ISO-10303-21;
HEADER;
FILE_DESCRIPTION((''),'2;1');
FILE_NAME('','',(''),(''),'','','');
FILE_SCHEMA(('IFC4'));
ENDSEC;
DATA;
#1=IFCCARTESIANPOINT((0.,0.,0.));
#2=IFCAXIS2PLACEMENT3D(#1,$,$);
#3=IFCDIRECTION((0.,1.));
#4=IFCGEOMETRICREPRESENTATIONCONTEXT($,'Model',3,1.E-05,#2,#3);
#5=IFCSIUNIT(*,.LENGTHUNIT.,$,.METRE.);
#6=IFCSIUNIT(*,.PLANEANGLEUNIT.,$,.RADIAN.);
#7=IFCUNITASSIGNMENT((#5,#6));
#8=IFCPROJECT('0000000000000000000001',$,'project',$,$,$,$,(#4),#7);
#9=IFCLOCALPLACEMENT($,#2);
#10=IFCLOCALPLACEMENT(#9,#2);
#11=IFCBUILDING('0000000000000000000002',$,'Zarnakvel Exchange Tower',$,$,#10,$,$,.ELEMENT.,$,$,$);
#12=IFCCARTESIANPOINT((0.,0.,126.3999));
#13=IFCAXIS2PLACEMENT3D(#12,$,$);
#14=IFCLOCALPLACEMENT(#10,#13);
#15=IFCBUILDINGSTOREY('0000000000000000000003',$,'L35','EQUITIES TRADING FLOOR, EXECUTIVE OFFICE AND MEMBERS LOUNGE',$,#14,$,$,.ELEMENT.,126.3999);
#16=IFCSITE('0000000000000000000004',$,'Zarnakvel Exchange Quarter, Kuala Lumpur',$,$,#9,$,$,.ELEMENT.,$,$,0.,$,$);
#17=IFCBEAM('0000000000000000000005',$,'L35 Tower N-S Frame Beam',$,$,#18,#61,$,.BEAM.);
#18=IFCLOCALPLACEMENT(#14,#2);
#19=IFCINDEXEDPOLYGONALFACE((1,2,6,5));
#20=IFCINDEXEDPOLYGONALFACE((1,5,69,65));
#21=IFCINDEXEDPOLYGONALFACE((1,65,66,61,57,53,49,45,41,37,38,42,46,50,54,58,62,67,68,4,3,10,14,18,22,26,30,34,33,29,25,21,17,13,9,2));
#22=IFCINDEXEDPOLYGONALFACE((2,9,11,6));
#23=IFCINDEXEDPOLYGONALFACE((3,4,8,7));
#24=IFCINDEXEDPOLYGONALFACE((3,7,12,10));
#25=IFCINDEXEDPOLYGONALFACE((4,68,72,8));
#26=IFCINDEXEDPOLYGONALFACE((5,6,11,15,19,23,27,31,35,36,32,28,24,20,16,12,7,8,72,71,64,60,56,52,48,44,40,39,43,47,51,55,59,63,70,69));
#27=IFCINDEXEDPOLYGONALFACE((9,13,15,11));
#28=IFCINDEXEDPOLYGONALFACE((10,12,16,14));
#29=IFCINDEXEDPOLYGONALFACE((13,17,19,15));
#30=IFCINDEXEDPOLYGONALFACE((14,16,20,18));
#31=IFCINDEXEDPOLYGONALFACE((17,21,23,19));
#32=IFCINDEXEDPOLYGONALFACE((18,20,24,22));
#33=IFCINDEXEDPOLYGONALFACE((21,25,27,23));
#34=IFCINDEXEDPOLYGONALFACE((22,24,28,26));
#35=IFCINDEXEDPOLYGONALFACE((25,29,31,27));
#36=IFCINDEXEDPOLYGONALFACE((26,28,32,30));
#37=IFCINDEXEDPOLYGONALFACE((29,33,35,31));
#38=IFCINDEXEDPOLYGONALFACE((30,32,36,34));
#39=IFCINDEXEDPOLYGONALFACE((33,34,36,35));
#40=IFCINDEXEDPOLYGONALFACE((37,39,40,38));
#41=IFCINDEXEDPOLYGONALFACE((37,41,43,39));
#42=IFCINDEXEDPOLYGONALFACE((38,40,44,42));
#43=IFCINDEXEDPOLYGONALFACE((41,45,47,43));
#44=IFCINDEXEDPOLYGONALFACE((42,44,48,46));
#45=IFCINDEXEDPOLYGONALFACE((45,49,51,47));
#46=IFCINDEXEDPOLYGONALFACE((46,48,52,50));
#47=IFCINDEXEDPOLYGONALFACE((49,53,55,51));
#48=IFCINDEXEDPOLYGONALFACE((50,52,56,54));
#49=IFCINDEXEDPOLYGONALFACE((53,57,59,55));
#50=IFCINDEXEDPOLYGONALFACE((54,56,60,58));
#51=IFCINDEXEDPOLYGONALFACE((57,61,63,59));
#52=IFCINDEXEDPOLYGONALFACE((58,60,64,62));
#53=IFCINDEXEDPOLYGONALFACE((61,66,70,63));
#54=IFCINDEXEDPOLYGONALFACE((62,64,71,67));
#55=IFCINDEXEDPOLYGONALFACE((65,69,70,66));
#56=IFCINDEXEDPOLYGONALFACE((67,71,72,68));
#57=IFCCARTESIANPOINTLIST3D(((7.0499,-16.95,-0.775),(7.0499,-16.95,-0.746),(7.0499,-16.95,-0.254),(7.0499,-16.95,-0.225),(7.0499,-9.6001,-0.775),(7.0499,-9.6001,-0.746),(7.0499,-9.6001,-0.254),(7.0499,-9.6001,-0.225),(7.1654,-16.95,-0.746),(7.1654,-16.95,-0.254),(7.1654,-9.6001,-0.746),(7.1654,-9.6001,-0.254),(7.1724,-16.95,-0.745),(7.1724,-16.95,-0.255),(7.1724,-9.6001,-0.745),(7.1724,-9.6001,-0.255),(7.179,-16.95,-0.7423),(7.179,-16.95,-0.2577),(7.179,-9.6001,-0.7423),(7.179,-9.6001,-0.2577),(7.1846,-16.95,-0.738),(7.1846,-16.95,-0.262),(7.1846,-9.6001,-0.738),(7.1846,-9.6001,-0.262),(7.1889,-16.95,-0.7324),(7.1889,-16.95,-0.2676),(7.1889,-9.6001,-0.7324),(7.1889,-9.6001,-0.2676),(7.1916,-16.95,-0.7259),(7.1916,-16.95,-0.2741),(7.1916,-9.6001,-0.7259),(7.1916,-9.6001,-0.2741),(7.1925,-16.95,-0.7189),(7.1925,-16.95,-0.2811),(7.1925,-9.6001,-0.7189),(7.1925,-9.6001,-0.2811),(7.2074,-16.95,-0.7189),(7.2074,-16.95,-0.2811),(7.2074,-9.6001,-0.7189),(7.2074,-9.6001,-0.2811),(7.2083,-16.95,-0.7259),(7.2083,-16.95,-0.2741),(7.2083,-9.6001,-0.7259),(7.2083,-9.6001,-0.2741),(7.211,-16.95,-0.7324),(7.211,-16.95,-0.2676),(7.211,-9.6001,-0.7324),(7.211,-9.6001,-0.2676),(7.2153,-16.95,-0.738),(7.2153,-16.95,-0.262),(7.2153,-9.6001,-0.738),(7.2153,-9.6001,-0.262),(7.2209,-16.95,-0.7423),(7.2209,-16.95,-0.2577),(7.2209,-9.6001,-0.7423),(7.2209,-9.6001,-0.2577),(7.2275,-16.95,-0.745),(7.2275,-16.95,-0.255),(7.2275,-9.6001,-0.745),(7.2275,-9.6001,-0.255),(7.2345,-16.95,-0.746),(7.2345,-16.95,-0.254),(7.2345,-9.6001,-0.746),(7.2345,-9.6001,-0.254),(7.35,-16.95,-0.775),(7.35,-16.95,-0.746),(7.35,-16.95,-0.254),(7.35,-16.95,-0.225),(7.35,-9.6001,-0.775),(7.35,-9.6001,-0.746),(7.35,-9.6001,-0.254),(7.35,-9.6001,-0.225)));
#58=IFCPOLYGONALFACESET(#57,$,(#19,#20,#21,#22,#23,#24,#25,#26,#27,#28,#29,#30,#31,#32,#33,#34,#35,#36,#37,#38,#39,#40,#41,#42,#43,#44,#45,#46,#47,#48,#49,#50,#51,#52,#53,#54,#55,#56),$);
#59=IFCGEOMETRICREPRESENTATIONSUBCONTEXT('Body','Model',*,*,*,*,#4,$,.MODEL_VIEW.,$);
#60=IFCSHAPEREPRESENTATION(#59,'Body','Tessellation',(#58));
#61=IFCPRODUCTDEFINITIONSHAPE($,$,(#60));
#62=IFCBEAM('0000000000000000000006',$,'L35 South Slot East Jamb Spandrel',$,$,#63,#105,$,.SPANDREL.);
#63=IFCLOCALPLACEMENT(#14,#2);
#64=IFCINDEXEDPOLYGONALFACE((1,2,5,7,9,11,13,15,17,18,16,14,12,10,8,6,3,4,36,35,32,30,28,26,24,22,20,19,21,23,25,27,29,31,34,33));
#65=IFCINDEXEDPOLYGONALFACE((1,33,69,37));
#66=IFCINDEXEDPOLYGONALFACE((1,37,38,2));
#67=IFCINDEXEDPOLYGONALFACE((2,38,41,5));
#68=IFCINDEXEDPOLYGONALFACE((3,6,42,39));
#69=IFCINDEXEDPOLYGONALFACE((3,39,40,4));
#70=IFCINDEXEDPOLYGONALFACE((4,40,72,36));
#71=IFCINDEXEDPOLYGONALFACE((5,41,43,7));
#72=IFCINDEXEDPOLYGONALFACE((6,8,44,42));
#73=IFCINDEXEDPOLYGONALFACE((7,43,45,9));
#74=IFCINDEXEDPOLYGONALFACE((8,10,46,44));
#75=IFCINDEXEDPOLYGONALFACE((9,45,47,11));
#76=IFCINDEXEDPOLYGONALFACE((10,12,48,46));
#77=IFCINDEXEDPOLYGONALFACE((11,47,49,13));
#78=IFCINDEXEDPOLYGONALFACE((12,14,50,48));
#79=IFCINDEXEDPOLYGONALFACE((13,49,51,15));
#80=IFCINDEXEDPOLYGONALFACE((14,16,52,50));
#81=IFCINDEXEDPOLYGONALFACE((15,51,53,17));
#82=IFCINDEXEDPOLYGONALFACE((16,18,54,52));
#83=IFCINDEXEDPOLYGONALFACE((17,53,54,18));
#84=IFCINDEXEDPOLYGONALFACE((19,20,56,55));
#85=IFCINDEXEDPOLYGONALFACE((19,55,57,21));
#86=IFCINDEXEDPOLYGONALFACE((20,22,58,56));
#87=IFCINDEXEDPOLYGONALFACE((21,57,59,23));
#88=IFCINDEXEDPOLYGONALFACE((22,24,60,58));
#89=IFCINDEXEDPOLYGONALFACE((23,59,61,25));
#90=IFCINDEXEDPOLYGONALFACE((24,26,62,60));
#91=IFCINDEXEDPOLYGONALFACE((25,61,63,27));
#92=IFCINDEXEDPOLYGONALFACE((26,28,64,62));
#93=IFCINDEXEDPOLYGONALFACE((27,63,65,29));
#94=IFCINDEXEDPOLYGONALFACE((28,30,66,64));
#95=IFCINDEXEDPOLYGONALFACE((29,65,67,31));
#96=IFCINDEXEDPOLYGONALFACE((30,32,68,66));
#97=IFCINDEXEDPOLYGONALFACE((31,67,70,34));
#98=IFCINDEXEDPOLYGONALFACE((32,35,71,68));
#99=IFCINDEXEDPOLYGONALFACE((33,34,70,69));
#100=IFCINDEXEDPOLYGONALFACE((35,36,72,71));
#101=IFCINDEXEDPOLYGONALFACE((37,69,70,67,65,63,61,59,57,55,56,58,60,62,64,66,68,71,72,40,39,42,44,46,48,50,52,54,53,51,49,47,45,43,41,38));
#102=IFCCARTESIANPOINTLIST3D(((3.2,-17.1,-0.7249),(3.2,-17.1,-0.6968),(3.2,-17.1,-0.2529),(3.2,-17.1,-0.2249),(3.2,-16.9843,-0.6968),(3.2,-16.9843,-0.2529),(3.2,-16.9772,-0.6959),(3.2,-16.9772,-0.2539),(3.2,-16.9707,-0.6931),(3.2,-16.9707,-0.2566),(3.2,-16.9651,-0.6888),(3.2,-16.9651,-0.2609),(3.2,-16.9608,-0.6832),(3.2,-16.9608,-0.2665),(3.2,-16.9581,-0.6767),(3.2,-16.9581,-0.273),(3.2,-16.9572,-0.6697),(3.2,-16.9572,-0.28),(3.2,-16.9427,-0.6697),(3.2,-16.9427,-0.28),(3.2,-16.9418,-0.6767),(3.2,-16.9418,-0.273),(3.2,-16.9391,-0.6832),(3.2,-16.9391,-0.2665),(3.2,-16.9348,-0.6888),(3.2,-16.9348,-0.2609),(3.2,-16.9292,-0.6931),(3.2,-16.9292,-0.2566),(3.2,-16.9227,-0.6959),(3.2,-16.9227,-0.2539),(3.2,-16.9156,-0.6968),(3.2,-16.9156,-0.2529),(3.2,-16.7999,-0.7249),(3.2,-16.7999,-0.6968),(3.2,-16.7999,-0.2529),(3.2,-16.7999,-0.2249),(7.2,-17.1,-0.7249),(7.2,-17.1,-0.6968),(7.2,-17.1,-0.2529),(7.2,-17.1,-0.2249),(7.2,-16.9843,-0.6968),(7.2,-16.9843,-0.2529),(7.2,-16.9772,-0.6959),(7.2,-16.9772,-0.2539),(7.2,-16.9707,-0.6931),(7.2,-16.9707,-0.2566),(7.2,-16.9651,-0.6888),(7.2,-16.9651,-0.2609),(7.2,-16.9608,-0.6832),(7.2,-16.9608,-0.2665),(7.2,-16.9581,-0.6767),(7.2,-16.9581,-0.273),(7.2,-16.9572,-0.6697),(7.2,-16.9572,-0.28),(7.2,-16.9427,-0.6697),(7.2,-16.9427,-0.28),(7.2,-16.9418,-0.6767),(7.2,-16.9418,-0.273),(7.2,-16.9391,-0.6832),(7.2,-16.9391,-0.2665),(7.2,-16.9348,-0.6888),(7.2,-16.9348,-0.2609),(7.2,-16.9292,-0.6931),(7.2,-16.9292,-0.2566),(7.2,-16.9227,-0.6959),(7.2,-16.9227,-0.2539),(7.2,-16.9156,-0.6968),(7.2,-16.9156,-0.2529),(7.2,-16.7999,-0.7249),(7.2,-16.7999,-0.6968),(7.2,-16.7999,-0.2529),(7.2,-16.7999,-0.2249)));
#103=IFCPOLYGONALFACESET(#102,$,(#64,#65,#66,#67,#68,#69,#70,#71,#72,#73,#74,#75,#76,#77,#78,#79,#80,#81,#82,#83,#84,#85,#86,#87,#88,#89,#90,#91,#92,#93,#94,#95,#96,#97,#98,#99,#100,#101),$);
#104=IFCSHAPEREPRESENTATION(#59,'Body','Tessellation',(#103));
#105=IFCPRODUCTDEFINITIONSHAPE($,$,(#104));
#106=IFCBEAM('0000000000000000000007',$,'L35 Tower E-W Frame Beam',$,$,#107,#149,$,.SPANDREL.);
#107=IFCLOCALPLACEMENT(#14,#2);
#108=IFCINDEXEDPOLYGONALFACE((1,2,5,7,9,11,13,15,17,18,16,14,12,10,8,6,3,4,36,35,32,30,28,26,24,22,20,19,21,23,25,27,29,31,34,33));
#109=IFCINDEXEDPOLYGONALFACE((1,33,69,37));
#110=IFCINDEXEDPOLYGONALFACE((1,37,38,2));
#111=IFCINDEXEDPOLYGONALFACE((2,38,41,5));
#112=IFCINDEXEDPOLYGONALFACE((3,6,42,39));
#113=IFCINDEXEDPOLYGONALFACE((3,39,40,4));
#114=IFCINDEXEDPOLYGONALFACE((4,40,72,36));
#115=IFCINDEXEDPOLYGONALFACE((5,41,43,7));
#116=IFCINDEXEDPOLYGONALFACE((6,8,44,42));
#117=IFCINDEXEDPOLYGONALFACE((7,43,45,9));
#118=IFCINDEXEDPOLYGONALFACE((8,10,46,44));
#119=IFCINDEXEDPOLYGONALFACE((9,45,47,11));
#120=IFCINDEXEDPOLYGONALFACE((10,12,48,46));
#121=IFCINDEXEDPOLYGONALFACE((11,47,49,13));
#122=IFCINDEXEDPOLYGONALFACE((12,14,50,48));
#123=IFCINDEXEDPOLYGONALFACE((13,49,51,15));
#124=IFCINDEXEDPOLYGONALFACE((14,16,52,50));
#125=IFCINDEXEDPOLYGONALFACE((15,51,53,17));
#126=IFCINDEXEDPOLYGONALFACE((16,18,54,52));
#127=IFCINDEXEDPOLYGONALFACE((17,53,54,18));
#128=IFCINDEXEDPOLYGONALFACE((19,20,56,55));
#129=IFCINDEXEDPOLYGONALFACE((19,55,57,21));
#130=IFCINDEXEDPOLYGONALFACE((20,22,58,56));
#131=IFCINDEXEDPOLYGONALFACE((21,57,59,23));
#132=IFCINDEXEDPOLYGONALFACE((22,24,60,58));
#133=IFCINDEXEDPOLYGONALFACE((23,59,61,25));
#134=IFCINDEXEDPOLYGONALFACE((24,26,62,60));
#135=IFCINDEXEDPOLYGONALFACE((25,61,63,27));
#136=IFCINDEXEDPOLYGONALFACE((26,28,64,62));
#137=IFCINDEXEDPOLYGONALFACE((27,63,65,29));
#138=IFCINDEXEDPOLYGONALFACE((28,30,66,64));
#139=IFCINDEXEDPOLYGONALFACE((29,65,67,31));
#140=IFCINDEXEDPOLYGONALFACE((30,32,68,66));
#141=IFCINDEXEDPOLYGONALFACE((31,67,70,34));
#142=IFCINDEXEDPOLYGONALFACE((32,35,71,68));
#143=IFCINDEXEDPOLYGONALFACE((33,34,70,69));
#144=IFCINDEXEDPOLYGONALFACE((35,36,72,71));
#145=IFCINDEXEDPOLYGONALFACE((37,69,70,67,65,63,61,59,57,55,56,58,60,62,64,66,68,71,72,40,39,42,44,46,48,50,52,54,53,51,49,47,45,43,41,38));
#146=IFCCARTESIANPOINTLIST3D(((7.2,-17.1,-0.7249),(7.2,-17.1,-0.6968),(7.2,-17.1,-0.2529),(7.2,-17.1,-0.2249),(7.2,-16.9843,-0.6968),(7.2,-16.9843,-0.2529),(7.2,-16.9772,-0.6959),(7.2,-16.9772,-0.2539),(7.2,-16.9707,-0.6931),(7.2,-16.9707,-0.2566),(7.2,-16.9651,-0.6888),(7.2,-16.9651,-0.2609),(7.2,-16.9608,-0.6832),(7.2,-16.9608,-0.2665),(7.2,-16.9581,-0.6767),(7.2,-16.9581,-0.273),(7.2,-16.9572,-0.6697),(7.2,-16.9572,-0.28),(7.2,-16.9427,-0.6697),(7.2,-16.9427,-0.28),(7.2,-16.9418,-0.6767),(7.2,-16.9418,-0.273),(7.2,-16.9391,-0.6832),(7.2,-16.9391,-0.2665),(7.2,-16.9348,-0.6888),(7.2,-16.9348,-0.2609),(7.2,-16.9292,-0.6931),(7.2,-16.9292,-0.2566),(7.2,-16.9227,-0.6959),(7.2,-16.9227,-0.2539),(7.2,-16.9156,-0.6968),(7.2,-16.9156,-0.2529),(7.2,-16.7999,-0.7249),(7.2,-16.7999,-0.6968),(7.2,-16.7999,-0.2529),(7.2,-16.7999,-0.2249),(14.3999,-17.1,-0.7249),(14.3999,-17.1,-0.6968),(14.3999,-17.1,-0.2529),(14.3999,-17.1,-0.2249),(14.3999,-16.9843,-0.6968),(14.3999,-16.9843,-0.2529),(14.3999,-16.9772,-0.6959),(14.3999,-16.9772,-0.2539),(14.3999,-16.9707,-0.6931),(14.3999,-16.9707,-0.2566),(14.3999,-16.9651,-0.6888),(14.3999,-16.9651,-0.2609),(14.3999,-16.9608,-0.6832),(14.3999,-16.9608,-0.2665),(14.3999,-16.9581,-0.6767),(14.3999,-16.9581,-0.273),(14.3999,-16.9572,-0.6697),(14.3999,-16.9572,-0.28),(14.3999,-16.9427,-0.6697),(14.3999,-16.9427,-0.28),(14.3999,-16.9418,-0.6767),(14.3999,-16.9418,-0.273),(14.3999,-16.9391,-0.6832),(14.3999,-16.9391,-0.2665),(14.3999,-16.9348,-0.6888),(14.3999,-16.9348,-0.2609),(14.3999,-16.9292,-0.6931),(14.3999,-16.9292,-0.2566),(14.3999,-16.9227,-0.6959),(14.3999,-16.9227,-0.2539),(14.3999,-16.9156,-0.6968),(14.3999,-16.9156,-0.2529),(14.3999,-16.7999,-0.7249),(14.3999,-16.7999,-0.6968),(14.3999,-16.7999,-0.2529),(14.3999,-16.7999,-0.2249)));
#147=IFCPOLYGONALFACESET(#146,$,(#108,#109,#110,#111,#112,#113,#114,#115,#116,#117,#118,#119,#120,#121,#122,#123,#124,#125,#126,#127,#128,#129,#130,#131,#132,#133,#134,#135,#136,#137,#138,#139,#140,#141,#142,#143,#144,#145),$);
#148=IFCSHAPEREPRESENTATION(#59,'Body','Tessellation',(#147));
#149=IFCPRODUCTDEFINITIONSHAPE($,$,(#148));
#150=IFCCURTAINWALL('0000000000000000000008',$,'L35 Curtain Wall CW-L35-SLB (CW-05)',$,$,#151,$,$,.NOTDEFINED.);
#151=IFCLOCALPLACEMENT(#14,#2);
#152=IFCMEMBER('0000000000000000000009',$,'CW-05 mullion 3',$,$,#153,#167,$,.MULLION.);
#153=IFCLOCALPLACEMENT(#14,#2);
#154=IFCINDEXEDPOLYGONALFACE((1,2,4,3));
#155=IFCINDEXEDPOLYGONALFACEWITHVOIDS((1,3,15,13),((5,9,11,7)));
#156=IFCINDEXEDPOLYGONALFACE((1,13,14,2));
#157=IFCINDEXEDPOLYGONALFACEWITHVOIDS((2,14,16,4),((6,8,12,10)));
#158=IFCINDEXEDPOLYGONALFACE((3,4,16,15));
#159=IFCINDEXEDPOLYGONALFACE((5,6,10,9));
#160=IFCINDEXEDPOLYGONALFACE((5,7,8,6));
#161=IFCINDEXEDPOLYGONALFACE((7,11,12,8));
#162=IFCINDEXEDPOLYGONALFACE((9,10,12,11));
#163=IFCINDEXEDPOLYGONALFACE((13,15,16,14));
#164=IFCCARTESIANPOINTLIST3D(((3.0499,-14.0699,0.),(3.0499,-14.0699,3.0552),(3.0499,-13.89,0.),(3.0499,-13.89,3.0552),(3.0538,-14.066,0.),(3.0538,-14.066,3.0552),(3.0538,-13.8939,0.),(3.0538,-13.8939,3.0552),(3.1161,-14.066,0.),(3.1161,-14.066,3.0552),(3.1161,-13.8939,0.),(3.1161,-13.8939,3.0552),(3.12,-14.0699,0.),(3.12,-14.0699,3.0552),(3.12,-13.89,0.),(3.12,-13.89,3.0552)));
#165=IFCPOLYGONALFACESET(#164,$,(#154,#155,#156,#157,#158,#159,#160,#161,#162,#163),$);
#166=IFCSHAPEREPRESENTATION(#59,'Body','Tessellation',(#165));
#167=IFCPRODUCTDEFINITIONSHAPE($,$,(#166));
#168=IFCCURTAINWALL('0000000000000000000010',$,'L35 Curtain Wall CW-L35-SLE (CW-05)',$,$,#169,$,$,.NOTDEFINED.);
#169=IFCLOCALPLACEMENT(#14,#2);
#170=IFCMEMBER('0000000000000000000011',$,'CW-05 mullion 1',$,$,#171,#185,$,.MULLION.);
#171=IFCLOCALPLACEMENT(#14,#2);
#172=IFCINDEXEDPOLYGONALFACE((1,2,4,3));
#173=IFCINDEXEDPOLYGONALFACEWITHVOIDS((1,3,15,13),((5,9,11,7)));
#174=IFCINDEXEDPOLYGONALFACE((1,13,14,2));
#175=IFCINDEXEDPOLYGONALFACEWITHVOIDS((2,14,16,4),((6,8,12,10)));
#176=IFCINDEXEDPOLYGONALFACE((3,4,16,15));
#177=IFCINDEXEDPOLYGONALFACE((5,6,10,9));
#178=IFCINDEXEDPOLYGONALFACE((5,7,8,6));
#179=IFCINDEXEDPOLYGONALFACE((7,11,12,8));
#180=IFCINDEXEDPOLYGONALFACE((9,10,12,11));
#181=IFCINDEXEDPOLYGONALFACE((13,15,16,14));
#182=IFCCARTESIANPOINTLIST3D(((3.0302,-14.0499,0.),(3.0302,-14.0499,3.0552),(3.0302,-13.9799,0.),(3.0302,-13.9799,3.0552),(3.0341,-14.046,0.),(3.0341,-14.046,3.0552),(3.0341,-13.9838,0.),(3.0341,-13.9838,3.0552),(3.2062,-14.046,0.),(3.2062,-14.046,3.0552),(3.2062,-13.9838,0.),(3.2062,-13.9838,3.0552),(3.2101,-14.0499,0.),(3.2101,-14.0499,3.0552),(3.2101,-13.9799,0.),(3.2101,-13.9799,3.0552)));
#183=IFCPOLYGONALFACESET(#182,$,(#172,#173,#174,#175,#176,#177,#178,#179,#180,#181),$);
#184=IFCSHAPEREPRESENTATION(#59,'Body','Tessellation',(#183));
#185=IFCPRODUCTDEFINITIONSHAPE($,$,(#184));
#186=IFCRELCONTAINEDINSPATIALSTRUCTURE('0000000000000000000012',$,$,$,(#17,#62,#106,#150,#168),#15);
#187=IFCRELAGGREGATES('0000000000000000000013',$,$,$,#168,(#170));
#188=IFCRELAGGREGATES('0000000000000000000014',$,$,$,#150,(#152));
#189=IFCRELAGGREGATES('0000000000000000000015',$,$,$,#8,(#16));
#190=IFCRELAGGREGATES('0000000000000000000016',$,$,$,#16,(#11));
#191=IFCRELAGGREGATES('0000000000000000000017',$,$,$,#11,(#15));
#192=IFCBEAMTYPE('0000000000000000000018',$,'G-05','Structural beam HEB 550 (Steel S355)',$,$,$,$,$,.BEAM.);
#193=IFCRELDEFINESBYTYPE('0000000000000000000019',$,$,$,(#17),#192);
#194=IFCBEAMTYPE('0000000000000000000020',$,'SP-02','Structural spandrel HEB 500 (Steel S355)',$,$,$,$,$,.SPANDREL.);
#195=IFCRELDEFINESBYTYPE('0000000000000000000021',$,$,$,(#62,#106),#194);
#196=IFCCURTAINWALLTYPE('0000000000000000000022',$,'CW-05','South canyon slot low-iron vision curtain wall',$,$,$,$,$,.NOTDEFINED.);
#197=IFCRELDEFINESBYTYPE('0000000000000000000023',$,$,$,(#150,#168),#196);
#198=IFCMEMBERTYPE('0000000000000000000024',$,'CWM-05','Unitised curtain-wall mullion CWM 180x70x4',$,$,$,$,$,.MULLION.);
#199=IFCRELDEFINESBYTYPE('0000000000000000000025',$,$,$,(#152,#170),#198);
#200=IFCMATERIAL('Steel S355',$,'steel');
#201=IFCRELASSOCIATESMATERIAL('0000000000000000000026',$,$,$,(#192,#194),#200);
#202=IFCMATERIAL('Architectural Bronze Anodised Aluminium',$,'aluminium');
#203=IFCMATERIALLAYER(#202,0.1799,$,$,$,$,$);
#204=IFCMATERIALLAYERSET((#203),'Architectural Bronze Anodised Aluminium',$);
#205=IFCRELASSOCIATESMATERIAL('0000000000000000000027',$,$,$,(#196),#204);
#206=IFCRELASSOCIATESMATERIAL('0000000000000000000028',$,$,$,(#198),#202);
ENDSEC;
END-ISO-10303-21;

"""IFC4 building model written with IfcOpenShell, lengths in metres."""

from ifc_helpers import new_model, si_unit, direction, frame, origin, origin_2d, place, context, subcontext, project, spatial, hollow_rectangle, i_section, extrude, source, transform, mapped, material, layer, layer_set, material_profile, profile_set, type_object, element, aggregate, save


model = new_model("IFC4")

# Units and contexts
model_context = context("Model", 3, precision=1e-05, world=origin(), true_north=direction((0.0, 1.0)))
body_context = subcontext(model_context, "Body", "Model", "MODEL_VIEW")
ifc_project = project(units=[si_unit("LENGTHUNIT", "METRE"), si_unit("PLANEANGLEUNIT", "RADIAN")], contexts=[model_context])

# Site, building, storey
site_placement = place(None, origin())
site = spatial("IfcSite", under=ifc_project, at=site_placement, Name="Zarnakvel Exchange Quarter, Kuala Lumpur", CompositionType="ELEMENT", RefElevation=0.0)
building_placement = place(site_placement, origin())
building = spatial("IfcBuilding", under=site, at=building_placement, Name="Zarnakvel Exchange Tower", CompositionType="ELEMENT")
storey_placement = place(building_placement, frame((0.0, 0.0, 126.3999)))
storey = spatial("IfcBuildingStorey", under=building, at=storey_placement, Name="L35", Description="EQUITIES TRADING FLOOR, EXECUTIVE OFFICE AND MEMBERS LOUNGE", CompositionType="ELEMENT", Elevation=126.3999)

# Beams
ifc_material_1 = material(Name="Steel S355", Category="steel")
ifc_material_profile_1 = material_profile(ifc_material_1, i_section(OverallWidth=0.3, OverallDepth=0.55, WebThickness=0.0149, FlangeThickness=0.0291, FilletRadius=0.0271, at=origin_2d()))
ifc_profile_set_1 = profile_set([ifc_material_profile_1], Name="Steel S355")
beam_type_1 = type_object("IfcBeamType", Name="G-05", Description="Structural beam HEB 550 (Steel S355)", PredefinedType="BEAM", material=ifc_profile_set_1)
beam_1_placement = place(storey_placement, frame((7.2, -16.95, -0.5), z_axis=(0.0, 1.0, 0.0), x_axis=(-1.0, 0.0, 0.0)))
element("IfcBeam", 1, at=beam_1_placement, inside=storey, type_object=beam_type_1, Name="L35 Tower N-S Frame Beam", PredefinedType="BEAM", context=body_context, shape_type="SweptSolid", body=[
    extrude(i_section(OverallWidth=0.3, OverallDepth=0.55, WebThickness=0.0149, FlangeThickness=0.0291, FilletRadius=0.0271, at=origin_2d()), origin(), (0.0, 0.0, 1.0), 7.3499),
])
ifc_material_profile_2 = material_profile(ifc_material_1, i_section(OverallWidth=0.3, OverallDepth=0.5, WebThickness=0.0144, FlangeThickness=0.0281, FilletRadius=0.0271, at=origin_2d()))
ifc_profile_set_2 = profile_set([ifc_material_profile_2], Name="Steel S355")
beam_type_2 = type_object("IfcBeamType", Name="SP-02", Description="Structural spandrel HEB 500 (Steel S355)", PredefinedType="SPANDREL", material=ifc_profile_set_2)
beam_2_placement = place(storey_placement, frame((3.2, -16.95, -0.4749), z_axis=(1.0, 0.0, 0.0), x_axis=(0.0, 1.0, 0.0)))
element("IfcBeam", 2, at=beam_2_placement, inside=storey, type_object=beam_type_2, Name="L35 South Slot East Jamb Spandrel", PredefinedType="SPANDREL", context=body_context, shape_type="SweptSolid", body=[
    extrude(i_section(OverallWidth=0.3, OverallDepth=0.5, WebThickness=0.0144, FlangeThickness=0.0281, FilletRadius=0.0271, at=origin_2d()), origin(), (0.0, 0.0, 1.0), 4.0),
])
beam_3_placement = place(storey_placement, frame((7.2, -16.95, -0.4749), z_axis=(1.0, 0.0, 0.0), x_axis=(0.0, 1.0, 0.0)))
element("IfcBeam", 3, at=beam_3_placement, inside=storey, type_object=beam_type_2, Name="L35 Tower E-W Frame Beam", PredefinedType="SPANDREL", context=body_context, shape_type="SweptSolid", body=[
    extrude(i_section(OverallWidth=0.3, OverallDepth=0.5, WebThickness=0.0144, FlangeThickness=0.0281, FilletRadius=0.0271, at=origin_2d()), origin(), (0.0, 0.0, 1.0), 7.2),
])

# Curtain wall, member
ifc_material_2 = material(Name="Architectural Bronze Anodised Aluminium", Category="aluminium")
ifc_layer_1 = layer(ifc_material_2, 0.1799)
ifc_layer_set_1 = layer_set([ifc_layer_1], Name="Architectural Bronze Anodised Aluminium")
curtain_wall_type = type_object("IfcCurtainWallType", Name="CW-05", Description="South canyon slot low-iron vision curtain wall", PredefinedType="NOTDEFINED", material=ifc_layer_set_1)
curtain_wall_1_placement = place(storey_placement, origin())
curtain_wall_1 = element("IfcCurtainWall", 4, at=curtain_wall_1_placement, inside=storey, type_object=curtain_wall_type, Name="L35 Curtain Wall CW-L35-SLB (CW-05)", PredefinedType="NOTDEFINED")
ifc_material_profile_3 = material_profile(ifc_material_2, hollow_rectangle(XDim=0.1799, YDim=0.0701, WallThickness=0.0039, at=origin_2d()))
ifc_profile_set_3 = profile_set([ifc_material_profile_3], Name="Architectural Bronze Anodised Aluminium")
member_type_1 = type_object("IfcMemberType", Name="CWM-05", Description="Unitised curtain-wall mullion CWM 180x70x4", PredefinedType="MULLION", material=ifc_profile_set_3)
shared_shape_1 = source(origin(), body_context, "Body", "SweptSolid", [
    extrude(hollow_rectangle(XDim=0.1799, YDim=0.0701, WallThickness=0.0039, at=origin_2d()), origin(), (0.0, 0.0, 1.0), 3.0552),
])
member_1_placement = place(storey_placement, frame((3.085, -13.98, 0.0), z_axis=(0.0, 0.0, 1.0), x_axis=(0.0, 1.0, 0.0)))
member_1 = element("IfcMember", 5, at=member_1_placement, type_object=member_type_1, Name="CW-05 mullion 3", PredefinedType="MULLION", context=body_context, shape_type="MappedRepresentation", body=[
    mapped(shared_shape_1, transform((0.0, 0.0, 0.0), x_axis=(1.0, 0.0, 0.0), y_axis=(0.0, 1.0, 0.0), z_axis=(0.0, 0.0, 1.0), scale=1.0)),
])

# Curtain wall, member
curtain_wall_2_placement = place(storey_placement, origin())
curtain_wall_2 = element("IfcCurtainWall", 6, at=curtain_wall_2_placement, inside=storey, type_object=curtain_wall_type, Name="L35 Curtain Wall CW-L35-SLE (CW-05)", PredefinedType="NOTDEFINED")
member_2_placement = place(storey_placement, frame((3.1201, -14.0149, 0.0), z_axis=(0.0, 0.0, 1.0), x_axis=(1.0, 0.0, 0.0)))
member_2 = element("IfcMember", 7, at=member_2_placement, type_object=member_type_1, Name="CW-05 mullion 1", PredefinedType="MULLION", context=body_context, shape_type="MappedRepresentation", body=[
    mapped(shared_shape_1, transform((0.0, 0.0, 0.0), x_axis=(1.0, 0.0, 0.0), y_axis=(0.0, 1.0, 0.0), z_axis=(0.0, 0.0, 1.0), scale=1.0)),
])

aggregate(curtain_wall_2, [member_2])
aggregate(curtain_wall_1, [member_1])

save(model, "model.ifc")
